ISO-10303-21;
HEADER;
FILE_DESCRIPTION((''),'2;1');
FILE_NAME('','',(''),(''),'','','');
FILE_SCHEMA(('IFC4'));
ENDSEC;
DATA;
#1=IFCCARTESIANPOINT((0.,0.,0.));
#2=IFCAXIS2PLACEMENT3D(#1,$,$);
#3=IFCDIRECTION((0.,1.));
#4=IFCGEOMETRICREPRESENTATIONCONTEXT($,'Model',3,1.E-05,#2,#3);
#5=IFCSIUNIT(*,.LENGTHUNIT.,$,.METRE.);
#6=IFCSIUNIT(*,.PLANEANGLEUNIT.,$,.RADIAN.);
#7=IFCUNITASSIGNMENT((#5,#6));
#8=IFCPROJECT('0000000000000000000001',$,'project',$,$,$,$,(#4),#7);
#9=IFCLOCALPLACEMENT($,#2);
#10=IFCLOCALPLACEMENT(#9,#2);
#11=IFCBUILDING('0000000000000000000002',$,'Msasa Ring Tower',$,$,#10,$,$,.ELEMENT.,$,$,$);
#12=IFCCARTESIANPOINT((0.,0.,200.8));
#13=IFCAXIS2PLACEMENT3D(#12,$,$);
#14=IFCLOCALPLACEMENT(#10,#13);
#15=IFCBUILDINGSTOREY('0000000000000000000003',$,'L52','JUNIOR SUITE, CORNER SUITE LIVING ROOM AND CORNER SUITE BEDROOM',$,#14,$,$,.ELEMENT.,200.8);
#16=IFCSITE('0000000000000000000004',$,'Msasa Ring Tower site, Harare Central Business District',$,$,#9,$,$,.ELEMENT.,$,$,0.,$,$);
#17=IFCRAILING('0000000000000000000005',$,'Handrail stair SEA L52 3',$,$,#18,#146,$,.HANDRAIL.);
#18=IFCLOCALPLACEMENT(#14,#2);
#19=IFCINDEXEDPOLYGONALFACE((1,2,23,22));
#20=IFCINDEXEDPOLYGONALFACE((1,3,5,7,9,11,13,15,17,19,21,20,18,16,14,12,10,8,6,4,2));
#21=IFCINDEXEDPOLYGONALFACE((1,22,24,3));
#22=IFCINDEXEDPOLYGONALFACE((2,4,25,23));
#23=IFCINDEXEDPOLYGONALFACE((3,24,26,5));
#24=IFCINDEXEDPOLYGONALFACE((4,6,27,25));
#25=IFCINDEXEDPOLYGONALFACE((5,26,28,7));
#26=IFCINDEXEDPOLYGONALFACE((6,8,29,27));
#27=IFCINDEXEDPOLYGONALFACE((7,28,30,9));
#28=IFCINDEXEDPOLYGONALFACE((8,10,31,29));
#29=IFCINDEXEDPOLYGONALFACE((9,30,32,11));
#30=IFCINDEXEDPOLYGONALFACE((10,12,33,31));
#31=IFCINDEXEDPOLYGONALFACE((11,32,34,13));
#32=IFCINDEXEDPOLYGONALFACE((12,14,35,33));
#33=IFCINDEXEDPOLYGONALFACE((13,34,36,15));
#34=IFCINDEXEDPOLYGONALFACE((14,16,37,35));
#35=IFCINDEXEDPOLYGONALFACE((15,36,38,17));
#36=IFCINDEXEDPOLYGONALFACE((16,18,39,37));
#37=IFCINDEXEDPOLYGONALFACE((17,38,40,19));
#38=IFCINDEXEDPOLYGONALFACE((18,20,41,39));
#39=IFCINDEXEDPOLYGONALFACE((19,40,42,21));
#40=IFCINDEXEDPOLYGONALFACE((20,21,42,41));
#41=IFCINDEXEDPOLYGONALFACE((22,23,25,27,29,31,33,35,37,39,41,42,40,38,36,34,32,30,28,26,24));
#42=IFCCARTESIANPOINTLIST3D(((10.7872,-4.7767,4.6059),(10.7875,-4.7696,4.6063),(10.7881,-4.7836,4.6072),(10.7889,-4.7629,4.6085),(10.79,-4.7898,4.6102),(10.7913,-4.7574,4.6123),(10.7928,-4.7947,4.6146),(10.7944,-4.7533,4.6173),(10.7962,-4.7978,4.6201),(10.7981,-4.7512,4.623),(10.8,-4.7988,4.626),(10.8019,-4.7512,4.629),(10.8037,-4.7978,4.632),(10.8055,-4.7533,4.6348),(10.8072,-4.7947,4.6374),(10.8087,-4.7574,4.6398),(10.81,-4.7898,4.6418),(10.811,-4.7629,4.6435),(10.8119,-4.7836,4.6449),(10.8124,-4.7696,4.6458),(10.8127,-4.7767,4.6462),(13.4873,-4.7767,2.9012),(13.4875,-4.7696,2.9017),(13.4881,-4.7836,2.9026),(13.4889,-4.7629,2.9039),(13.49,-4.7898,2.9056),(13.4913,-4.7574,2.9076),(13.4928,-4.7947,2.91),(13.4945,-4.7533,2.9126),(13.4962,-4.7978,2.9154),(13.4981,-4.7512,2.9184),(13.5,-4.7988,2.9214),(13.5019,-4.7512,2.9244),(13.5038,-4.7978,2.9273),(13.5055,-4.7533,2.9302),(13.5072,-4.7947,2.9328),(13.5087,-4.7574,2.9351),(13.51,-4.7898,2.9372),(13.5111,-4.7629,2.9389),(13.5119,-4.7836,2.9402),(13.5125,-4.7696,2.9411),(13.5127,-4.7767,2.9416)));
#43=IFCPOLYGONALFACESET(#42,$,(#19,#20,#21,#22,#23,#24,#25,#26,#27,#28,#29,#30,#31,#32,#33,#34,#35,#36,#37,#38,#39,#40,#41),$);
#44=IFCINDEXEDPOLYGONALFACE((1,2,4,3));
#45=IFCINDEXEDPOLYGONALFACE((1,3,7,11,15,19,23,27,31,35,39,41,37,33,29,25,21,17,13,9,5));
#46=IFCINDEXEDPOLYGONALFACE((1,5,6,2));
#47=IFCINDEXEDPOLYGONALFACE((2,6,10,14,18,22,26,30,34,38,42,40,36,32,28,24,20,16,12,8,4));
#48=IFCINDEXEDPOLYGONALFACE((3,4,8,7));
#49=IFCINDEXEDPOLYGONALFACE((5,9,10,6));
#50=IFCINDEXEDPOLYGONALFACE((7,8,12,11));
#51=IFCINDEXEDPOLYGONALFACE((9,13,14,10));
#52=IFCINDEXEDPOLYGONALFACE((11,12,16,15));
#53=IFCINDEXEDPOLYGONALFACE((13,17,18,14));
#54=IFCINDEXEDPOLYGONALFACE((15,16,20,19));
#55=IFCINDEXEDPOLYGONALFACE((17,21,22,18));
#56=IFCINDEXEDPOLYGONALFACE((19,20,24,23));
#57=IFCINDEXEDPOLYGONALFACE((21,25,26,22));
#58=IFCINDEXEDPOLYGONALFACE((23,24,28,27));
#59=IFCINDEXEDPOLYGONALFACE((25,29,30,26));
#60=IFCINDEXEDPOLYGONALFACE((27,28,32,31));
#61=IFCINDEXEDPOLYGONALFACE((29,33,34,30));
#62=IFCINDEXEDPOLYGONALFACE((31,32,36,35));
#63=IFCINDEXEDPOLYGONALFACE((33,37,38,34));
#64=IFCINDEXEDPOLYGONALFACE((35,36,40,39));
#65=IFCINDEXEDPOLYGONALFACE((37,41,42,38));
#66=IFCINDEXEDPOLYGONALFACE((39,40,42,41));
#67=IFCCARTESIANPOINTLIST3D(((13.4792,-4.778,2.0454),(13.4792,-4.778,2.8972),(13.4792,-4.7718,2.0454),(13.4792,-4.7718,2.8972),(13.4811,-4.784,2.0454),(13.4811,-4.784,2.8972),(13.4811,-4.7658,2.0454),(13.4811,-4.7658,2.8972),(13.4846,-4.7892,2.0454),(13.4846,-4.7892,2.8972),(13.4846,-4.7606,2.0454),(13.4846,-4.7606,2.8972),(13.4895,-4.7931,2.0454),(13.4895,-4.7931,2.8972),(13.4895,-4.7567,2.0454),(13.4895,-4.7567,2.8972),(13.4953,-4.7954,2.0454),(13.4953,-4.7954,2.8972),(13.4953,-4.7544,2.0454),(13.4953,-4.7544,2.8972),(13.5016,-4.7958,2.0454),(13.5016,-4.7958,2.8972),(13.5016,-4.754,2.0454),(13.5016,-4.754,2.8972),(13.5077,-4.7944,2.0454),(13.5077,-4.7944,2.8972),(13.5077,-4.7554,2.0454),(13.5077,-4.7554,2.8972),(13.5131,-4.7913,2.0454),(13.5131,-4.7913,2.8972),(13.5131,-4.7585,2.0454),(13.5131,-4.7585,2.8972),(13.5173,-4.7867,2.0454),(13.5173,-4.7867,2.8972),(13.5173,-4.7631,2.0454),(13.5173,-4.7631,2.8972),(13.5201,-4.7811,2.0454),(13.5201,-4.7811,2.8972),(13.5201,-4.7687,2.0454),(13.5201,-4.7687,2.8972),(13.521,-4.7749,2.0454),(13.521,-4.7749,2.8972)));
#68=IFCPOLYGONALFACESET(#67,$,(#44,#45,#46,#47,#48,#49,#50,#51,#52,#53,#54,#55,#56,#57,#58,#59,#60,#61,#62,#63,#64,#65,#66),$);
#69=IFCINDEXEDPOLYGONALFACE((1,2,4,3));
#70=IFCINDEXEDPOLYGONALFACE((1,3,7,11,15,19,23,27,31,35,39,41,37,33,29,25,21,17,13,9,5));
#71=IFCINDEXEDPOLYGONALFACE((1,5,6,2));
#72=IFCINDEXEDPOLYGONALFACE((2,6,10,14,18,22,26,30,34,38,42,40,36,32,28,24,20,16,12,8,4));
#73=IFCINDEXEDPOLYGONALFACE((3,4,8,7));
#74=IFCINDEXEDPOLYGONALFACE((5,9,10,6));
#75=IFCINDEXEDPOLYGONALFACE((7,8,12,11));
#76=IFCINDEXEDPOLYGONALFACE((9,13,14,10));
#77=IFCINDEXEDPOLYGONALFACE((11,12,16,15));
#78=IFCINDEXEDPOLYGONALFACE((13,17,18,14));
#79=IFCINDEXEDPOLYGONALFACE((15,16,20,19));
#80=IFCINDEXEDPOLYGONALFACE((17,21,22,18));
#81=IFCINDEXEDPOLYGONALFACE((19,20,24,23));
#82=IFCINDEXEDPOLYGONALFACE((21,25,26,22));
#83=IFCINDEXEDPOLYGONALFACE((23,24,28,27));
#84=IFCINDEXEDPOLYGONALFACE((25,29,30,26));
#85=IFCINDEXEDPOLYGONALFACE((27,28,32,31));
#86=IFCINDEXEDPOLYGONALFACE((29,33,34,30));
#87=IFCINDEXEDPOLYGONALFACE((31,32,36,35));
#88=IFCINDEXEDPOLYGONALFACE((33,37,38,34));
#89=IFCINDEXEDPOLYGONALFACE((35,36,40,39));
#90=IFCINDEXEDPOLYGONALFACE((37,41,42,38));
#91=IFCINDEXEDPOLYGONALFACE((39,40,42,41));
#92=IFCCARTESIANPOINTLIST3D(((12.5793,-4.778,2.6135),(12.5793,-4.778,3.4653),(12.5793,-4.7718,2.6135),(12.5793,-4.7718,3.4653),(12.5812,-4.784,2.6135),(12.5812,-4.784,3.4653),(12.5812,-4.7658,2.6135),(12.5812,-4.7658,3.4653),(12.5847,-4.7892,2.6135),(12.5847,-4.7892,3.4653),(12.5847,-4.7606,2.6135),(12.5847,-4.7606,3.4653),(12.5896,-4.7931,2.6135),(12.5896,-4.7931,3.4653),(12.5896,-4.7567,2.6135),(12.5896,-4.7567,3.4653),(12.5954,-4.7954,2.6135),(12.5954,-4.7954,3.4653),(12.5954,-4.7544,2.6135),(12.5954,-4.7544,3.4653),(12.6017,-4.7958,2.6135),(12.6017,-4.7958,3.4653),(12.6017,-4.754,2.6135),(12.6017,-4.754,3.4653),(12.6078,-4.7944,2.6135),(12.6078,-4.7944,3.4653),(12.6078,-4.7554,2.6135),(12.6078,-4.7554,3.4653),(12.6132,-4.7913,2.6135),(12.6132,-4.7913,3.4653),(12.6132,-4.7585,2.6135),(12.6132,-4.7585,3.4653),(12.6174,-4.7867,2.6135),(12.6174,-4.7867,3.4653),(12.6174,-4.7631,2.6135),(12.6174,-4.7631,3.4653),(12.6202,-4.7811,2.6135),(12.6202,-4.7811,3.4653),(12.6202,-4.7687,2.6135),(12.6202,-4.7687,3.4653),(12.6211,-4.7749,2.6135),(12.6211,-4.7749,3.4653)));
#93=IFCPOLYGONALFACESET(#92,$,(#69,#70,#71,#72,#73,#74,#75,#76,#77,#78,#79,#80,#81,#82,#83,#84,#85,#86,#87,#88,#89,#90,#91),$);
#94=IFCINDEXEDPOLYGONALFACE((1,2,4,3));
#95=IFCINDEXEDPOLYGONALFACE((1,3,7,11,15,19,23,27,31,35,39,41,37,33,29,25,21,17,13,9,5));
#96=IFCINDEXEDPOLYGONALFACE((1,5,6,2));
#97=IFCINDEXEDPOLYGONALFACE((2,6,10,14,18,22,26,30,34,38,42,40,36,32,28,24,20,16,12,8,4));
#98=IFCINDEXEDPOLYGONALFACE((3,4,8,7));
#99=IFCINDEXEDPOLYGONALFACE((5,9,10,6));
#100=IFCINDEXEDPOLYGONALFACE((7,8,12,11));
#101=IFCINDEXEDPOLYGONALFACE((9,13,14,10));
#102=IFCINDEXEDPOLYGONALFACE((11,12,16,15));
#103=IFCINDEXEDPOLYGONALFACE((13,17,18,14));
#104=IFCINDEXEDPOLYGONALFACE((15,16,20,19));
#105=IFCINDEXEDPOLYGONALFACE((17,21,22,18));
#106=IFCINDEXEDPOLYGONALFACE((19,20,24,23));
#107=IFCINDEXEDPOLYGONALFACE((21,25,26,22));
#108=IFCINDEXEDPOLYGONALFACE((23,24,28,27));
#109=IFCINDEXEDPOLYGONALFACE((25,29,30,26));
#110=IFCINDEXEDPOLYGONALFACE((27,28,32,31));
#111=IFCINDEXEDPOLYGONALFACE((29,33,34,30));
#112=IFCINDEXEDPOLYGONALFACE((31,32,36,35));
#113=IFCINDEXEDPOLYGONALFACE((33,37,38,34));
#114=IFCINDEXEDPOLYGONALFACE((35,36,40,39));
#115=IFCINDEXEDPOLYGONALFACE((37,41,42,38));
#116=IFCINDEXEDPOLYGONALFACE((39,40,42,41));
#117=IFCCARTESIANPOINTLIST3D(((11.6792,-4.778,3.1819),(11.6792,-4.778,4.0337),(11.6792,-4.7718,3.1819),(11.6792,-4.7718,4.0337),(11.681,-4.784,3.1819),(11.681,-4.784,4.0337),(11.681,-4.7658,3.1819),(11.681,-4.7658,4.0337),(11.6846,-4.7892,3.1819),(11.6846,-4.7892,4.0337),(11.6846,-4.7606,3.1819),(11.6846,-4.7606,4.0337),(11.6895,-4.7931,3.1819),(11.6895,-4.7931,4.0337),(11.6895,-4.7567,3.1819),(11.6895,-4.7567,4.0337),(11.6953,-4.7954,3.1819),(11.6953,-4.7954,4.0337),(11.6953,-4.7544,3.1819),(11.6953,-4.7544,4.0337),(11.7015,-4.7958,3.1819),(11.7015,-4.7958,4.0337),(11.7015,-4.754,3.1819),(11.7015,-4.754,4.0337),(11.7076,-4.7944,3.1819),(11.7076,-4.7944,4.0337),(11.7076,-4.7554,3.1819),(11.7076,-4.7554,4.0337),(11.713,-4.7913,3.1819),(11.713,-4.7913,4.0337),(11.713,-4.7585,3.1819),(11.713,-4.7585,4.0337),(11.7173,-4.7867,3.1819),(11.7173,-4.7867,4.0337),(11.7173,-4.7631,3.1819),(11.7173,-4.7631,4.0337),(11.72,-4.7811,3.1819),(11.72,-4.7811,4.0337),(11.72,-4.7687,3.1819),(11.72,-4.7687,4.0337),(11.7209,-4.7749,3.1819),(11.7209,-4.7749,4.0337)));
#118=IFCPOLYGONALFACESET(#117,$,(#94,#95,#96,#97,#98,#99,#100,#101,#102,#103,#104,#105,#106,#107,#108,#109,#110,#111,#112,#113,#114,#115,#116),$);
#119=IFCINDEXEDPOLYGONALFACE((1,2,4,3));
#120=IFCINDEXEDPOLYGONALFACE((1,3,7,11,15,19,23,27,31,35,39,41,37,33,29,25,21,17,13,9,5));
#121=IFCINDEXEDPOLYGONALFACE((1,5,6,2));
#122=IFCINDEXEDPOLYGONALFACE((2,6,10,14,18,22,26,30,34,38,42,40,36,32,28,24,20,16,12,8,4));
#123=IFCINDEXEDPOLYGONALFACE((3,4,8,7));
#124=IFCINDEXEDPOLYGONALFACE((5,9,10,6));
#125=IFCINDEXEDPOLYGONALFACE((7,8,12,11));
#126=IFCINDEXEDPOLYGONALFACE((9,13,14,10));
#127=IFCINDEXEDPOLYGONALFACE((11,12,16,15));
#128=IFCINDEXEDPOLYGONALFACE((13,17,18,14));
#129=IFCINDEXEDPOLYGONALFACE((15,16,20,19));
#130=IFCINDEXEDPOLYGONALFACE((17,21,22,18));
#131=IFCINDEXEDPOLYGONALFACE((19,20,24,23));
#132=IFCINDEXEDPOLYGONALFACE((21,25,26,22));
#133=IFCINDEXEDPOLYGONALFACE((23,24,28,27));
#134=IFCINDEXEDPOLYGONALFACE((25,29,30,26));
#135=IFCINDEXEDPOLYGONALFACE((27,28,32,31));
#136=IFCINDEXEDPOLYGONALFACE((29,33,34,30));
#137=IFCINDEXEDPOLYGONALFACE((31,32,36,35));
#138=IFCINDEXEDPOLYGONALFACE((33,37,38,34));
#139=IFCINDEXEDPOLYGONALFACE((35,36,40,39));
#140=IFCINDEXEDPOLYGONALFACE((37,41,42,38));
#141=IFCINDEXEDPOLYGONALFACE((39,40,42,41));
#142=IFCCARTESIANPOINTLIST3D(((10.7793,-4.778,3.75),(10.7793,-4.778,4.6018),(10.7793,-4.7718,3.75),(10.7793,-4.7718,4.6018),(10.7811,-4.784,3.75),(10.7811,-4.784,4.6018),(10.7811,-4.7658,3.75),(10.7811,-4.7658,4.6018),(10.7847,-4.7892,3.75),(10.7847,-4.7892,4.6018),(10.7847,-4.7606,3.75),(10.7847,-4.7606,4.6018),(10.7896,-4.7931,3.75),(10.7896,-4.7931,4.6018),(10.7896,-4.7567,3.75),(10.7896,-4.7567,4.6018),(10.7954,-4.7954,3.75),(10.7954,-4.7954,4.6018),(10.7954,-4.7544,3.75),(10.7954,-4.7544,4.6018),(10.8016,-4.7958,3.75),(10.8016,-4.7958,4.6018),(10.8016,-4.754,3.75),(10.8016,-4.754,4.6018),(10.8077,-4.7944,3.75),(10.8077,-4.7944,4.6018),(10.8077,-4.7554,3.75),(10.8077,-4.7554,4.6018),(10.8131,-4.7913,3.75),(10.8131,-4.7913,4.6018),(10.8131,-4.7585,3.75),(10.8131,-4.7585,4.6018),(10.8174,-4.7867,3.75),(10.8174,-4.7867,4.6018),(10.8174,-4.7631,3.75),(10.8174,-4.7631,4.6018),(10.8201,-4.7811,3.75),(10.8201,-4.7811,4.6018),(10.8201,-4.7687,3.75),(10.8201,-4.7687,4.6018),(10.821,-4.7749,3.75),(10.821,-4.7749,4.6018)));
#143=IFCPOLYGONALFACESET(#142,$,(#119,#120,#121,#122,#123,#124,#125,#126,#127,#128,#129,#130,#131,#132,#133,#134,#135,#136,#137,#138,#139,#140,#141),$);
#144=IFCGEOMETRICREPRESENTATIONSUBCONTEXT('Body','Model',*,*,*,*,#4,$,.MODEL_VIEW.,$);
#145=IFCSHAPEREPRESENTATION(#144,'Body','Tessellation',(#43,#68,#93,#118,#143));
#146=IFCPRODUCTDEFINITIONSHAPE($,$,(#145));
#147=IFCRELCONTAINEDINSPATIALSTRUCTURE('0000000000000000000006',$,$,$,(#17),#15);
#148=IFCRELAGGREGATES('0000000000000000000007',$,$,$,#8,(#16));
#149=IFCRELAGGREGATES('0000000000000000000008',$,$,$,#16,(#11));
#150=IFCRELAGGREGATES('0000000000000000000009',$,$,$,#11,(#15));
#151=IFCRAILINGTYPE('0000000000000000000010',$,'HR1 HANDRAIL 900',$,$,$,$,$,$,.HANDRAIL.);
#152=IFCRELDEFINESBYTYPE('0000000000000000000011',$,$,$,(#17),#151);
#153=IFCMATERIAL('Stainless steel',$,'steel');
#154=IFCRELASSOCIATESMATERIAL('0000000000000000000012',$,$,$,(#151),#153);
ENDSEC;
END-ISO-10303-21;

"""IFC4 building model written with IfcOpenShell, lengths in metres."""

from ifc_helpers import new_model, si_unit, direction, frame, origin, origin_2d, place, context, subcontext, project, spatial, circle, extrude, material, type_object, element, save


model = new_model("IFC4")

# Units and contexts
model_context = context("Model", 3, precision=1e-05, world=origin(), true_north=direction((0.0, 1.0)))
body_context = subcontext(model_context, "Body", "Model", "MODEL_VIEW")
ifc_project = project(units=[si_unit("LENGTHUNIT", "METRE"), si_unit("PLANEANGLEUNIT", "RADIAN")], contexts=[model_context])

# Site, building, storey
site_placement = place(None, origin())
site = spatial("IfcSite", under=ifc_project, at=site_placement, Name="Msasa Ring Tower site, Harare Central Business District", CompositionType="ELEMENT", RefElevation=0.0)
building_placement = place(site_placement, origin())
building = spatial("IfcBuilding", under=site, at=building_placement, Name="Msasa Ring Tower", CompositionType="ELEMENT")
storey_placement = place(building_placement, frame((0.0, 0.0, 200.8)))
storey = spatial("IfcBuildingStorey", under=building, at=storey_placement, Name="L52", Description="JUNIOR SUITE, CORNER SUITE LIVING ROOM AND CORNER SUITE BEDROOM", CompositionType="ELEMENT", Elevation=200.8)

# Railing
ifc_material_1 = material(Name="Stainless steel", Category="steel")
railing_type = type_object("IfcRailingType", Name="HR1 HANDRAIL 900", PredefinedType="HANDRAIL", material=ifc_material_1)
for number, where, name in (
    (1, (13.5, -4.7749, 2.0454), "Handrail stair SEA L52 3"),
):
    element("IfcRailing", number, at=place(storey_placement, frame(where)), inside=storey, type_object=railing_type, Name=name, PredefinedType="HANDRAIL", context=body_context, shape_type="SweptSolid", body=[
        extrude(circle(Radius=0.0239, at=origin_2d()), frame((0.0, 0.0, 0.876), z_axis=(-0.84558, 0.0, 0.533849), x_axis=(0.0, -1.0, 0.0)), (0.0, 0.0, 1.0), 3.1931),
        extrude(circle(Radius=0.021, at=origin_2d()), origin(), (0.0, 0.0, 1.0), 0.8518),
        extrude(circle(Radius=0.021, at=origin_2d()), frame((-0.8999, 0.0, 0.5681)), (0.0, 0.0, 1.0), 0.8518),
        extrude(circle(Radius=0.021, at=origin_2d()), frame((-1.8, 0.0, 1.1365)), (0.0, 0.0, 1.0), 0.8518),
        extrude(circle(Radius=0.021, at=origin_2d()), frame((-2.7, 0.0, 1.7046)), (0.0, 0.0, 1.0), 0.8518),
    ])

save(model, "model.ifc")
